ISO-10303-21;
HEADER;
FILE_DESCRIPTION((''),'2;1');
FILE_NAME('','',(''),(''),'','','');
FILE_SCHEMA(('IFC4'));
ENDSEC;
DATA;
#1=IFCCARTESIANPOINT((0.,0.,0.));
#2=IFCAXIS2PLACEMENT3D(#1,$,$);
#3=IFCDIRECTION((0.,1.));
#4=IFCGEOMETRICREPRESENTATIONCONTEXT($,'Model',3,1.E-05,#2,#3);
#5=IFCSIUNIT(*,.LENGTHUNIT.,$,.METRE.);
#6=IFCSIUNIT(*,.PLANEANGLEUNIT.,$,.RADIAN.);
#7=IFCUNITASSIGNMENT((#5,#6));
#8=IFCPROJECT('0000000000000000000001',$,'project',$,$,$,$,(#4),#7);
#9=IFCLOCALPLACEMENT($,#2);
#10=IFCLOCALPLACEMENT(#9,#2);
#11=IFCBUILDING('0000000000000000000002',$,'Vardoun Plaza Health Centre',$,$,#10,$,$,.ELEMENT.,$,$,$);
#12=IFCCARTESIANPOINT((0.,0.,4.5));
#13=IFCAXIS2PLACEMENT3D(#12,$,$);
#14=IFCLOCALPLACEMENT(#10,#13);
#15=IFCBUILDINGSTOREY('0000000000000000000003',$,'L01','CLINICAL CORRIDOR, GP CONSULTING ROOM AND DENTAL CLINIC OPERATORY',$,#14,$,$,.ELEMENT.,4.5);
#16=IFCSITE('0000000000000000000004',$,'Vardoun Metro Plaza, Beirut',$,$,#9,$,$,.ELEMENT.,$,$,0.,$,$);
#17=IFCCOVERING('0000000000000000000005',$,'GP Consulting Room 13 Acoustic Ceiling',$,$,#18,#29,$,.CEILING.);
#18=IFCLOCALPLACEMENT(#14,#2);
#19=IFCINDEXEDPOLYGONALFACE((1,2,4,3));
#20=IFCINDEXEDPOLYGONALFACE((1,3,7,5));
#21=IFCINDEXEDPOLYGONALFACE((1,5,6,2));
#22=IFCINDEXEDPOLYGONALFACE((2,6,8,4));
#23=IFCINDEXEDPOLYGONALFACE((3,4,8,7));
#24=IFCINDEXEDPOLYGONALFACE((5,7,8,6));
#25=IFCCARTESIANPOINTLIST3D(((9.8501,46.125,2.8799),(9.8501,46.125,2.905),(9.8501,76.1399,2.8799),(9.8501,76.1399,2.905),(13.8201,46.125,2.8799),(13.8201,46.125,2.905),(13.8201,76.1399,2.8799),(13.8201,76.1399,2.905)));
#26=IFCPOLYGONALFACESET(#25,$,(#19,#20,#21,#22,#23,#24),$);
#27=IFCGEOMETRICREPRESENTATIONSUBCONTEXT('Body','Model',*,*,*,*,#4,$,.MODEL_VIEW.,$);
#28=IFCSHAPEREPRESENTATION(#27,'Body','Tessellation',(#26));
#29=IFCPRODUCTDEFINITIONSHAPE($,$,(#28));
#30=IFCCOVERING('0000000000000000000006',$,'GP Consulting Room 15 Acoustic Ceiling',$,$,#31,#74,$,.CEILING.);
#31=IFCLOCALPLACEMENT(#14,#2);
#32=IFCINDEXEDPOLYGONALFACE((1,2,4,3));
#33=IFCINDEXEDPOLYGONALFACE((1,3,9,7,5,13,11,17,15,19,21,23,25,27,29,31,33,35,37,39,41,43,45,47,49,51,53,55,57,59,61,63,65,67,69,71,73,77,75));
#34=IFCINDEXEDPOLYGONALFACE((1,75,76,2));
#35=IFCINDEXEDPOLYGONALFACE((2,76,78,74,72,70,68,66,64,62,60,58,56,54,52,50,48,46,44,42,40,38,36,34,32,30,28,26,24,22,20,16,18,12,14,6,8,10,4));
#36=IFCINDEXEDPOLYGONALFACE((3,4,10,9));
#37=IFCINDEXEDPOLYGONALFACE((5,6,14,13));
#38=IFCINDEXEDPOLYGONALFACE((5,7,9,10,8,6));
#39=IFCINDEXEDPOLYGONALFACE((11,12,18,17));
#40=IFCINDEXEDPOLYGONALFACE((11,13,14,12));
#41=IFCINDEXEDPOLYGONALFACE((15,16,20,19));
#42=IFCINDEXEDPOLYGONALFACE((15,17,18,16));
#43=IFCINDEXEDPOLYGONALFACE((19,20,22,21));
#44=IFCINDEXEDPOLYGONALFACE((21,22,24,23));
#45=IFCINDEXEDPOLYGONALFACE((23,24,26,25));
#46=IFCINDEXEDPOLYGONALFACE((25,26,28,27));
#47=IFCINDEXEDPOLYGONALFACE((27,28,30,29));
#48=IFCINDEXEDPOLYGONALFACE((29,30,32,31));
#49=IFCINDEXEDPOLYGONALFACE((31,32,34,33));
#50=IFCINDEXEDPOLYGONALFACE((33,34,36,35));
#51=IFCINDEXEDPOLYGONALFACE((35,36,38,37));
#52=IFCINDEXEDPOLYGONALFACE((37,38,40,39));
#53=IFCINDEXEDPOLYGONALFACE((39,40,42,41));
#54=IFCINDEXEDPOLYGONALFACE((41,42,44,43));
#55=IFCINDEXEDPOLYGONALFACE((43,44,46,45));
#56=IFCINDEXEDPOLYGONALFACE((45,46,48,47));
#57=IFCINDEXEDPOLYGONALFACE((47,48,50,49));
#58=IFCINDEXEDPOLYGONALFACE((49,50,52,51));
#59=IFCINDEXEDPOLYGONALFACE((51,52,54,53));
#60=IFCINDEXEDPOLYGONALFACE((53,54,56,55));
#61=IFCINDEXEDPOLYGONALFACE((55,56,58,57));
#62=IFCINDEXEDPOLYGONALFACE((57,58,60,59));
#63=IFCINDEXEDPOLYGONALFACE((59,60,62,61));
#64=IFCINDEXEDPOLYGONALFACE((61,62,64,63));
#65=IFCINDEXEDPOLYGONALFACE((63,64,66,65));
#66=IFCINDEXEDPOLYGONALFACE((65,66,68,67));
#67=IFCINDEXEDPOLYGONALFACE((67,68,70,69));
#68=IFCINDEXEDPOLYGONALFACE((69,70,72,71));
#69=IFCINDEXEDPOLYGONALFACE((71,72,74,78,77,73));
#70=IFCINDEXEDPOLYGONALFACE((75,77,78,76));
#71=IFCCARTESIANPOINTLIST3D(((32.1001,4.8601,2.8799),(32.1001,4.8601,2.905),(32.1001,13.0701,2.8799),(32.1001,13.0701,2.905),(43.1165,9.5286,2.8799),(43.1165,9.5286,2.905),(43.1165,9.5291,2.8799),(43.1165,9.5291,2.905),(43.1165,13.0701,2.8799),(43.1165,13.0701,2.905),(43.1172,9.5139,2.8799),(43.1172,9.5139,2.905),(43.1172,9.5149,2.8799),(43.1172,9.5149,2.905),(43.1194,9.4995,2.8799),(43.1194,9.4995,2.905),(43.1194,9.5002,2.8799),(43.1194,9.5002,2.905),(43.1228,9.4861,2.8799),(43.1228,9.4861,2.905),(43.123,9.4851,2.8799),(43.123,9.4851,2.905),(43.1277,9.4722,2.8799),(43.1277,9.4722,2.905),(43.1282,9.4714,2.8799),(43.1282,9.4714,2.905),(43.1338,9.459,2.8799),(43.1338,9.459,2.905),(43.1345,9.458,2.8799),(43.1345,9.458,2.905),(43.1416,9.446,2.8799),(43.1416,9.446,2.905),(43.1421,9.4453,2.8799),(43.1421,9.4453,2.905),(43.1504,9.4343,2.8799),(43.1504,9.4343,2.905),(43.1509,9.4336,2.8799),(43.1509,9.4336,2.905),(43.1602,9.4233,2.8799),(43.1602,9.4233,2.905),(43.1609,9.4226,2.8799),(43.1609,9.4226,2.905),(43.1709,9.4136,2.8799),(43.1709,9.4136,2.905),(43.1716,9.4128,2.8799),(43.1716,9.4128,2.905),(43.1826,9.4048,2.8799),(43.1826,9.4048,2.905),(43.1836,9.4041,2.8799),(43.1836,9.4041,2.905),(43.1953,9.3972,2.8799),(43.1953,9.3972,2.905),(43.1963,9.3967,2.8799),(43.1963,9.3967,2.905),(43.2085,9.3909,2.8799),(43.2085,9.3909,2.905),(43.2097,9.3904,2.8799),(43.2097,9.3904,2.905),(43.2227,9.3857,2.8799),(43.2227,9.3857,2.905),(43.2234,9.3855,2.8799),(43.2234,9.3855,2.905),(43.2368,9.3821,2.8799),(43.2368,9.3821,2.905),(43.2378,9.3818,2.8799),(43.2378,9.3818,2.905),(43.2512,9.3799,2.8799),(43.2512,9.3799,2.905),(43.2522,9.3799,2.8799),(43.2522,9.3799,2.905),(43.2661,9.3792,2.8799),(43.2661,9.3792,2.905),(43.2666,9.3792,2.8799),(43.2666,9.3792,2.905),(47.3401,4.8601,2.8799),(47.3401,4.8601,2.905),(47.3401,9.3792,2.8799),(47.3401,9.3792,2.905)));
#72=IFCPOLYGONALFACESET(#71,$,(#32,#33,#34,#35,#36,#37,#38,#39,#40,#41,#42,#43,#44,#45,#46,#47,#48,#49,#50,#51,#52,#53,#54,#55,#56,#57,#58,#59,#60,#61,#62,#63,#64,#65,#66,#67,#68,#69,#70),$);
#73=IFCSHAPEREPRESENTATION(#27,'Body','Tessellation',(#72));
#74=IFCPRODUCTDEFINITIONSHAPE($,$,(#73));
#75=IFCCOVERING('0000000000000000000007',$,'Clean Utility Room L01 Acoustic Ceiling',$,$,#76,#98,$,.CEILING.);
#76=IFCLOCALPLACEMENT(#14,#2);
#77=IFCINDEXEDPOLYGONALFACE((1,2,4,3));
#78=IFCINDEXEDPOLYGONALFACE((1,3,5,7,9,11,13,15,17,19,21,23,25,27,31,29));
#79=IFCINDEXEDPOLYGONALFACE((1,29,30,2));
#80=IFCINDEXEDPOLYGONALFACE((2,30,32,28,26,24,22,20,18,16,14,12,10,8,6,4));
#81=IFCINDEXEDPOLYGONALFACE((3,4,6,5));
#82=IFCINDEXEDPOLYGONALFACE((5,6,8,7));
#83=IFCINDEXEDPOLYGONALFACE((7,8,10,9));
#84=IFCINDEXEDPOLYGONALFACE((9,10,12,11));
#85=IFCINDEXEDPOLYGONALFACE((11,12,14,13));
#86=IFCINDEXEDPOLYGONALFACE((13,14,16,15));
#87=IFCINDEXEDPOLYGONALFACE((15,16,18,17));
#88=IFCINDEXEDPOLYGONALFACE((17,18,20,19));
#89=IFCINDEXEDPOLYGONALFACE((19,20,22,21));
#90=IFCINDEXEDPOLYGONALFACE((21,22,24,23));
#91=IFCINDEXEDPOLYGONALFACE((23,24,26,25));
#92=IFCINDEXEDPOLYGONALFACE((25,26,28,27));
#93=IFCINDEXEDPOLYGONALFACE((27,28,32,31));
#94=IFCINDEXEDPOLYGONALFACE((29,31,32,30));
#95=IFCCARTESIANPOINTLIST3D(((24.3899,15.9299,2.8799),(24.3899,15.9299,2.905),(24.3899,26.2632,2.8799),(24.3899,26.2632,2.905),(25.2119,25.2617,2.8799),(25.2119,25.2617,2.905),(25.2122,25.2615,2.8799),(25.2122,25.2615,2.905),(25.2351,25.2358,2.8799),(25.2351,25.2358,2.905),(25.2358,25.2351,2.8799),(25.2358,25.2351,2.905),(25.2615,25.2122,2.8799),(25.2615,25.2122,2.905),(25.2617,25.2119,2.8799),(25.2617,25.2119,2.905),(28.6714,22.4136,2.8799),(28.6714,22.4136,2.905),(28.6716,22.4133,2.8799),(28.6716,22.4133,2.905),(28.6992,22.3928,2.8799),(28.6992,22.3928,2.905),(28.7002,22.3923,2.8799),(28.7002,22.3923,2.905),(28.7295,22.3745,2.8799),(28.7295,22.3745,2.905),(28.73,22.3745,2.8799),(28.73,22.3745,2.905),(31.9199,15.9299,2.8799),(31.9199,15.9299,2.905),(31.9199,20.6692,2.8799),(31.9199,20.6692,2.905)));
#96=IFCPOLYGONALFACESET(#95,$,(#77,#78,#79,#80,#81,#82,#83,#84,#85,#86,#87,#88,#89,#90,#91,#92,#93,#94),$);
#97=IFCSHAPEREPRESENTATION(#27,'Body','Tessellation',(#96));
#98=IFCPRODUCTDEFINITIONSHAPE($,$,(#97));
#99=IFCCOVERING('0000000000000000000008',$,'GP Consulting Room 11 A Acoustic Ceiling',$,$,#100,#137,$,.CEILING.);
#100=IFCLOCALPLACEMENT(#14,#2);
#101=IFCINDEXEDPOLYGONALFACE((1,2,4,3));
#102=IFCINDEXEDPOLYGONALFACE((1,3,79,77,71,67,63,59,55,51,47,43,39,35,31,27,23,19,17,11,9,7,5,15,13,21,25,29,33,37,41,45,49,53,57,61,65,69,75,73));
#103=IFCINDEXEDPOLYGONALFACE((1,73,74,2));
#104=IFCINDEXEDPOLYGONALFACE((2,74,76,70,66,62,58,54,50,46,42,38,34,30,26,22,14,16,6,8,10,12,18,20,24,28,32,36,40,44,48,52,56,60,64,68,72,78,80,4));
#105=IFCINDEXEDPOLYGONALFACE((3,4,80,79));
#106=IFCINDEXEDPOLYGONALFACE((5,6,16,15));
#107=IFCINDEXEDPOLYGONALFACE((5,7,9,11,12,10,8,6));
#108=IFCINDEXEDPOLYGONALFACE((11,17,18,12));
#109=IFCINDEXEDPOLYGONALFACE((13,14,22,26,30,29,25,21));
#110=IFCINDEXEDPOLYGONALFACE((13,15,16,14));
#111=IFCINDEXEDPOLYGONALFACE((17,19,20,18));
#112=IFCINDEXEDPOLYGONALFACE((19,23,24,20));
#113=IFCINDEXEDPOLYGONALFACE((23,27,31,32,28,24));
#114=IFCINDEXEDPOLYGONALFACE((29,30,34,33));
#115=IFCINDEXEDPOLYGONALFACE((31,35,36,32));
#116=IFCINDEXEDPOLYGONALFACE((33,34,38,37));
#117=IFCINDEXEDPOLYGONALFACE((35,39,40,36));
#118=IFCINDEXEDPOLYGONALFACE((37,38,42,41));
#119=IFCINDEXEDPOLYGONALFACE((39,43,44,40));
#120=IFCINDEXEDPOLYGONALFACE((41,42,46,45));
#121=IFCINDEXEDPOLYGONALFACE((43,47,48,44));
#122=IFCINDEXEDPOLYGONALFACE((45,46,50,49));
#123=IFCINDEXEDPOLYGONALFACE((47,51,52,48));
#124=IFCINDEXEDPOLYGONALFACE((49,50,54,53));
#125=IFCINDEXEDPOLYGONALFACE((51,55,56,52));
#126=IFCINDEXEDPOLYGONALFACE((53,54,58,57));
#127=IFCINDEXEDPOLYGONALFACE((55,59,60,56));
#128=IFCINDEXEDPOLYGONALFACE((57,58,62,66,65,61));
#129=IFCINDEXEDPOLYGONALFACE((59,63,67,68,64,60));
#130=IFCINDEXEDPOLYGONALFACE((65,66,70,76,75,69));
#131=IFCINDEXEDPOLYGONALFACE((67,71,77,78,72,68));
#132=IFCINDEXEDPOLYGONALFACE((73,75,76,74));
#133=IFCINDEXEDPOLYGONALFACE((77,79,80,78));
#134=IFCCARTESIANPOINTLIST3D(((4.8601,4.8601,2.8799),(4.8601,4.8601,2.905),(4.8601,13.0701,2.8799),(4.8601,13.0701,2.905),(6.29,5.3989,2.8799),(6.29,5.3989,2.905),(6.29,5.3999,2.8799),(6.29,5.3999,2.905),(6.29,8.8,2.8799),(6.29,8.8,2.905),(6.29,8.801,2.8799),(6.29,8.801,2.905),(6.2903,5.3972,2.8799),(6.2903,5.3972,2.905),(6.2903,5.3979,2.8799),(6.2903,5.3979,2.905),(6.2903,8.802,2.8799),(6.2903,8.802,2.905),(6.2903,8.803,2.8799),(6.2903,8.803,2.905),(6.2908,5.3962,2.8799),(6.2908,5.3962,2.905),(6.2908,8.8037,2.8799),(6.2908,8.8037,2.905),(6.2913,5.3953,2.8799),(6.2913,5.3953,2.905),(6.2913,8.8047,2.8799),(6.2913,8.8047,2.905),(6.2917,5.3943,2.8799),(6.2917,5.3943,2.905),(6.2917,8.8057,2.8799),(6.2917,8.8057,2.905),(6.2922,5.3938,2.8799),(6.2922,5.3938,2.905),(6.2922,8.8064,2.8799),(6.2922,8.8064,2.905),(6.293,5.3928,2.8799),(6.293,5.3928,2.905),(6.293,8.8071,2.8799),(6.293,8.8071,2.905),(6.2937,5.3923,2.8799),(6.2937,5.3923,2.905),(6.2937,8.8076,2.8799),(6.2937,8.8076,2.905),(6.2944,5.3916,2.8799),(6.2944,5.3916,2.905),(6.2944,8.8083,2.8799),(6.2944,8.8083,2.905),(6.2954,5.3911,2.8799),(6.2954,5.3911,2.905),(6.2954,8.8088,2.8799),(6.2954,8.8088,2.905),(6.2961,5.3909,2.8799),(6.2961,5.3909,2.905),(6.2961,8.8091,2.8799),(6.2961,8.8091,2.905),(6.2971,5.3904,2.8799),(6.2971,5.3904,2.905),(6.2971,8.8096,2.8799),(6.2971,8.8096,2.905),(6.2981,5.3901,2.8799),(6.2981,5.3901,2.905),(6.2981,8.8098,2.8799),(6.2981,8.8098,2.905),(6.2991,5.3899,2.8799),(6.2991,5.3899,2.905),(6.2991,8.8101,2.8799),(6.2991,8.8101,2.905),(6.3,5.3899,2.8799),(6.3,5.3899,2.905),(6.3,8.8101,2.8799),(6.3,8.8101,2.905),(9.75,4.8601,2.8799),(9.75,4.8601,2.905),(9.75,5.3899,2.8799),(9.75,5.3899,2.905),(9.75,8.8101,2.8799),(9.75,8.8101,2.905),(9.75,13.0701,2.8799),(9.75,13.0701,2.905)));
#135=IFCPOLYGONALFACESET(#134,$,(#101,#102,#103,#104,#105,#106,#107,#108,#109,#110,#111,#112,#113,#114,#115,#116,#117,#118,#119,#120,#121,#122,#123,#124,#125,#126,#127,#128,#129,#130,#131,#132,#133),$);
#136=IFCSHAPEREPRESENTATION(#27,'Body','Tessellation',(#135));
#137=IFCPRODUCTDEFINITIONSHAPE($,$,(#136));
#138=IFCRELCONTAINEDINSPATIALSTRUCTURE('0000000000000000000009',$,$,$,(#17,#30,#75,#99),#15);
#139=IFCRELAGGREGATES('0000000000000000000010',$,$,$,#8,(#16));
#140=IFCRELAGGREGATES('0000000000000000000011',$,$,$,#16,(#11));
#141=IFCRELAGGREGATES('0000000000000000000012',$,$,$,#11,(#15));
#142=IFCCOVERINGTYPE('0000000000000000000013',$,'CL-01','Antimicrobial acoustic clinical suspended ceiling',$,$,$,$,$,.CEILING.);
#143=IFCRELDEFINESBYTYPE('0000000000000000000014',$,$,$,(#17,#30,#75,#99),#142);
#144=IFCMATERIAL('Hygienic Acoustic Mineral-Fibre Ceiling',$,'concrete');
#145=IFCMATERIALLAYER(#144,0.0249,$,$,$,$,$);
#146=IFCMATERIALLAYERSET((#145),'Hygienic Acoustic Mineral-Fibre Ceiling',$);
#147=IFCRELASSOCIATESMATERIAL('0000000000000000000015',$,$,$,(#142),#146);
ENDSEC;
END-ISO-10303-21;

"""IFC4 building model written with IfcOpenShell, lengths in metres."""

from ifc_helpers import new_model, si_unit, direction, frame, origin, place, context, subcontext, project, spatial, polyline, outline, extrude, material, layer, layer_set, type_object, element, save


model = new_model("IFC4")

# Units and contexts
model_context = context("Model", 3, precision=1e-05, world=origin(), true_north=direction((0.0, 1.0)))
body_context = subcontext(model_context, "Body", "Model", "MODEL_VIEW")
ifc_project = project(units=[si_unit("LENGTHUNIT", "METRE"), si_unit("PLANEANGLEUNIT", "RADIAN")], contexts=[model_context])

# Site, building, storey
site_placement = place(None, origin())
site = spatial("IfcSite", under=ifc_project, at=site_placement, Name="Vardoun Metro Plaza, Beirut", CompositionType="ELEMENT", RefElevation=0.0)
building_placement = place(site_placement, origin())
building = spatial("IfcBuilding", under=site, at=building_placement, Name="Vardoun Plaza Health Centre", CompositionType="ELEMENT")
storey_placement = place(building_placement, frame((0.0, 0.0, 4.5)))
storey = spatial("IfcBuildingStorey", under=building, at=storey_placement, Name="L01", Description="CLINICAL CORRIDOR, GP CONSULTING ROOM AND DENTAL CLINIC OPERATORY", CompositionType="ELEMENT", Elevation=4.5)

# Coverings
ifc_material_1 = material(Name="Hygienic Acoustic Mineral-Fibre Ceiling", Category="concrete")
ifc_layer_1 = layer(ifc_material_1, 0.0249)
ifc_layer_set_1 = layer_set([ifc_layer_1], Name="Hygienic Acoustic Mineral-Fibre Ceiling")
covering_type_1 = type_object("IfcCoveringType", Name="CL-01", Description="Antimicrobial acoustic clinical suspended ceiling", PredefinedType="CEILING", material=ifc_layer_set_1)
covering_1_placement = place(storey_placement, frame((0.0, 0.0, 2.8799)))
element("IfcCovering", 1, at=covering_1_placement, inside=storey, type_object=covering_type_1, Name="GP Consulting Room 13 Acoustic Ceiling", PredefinedType="CEILING", context=body_context, shape_type="SweptSolid", body=[
    extrude(outline(polyline([(9.8501, 76.1399), (13.8201, 76.1399), (13.8201, 46.125), (9.8501, 46.125), (9.8501, 76.1399)])), origin(), (0.0, 0.0, 1.0), 0.0251),
])
covering_2_placement = place(storey_placement, frame((0.0, 0.0, 2.8799)))
element("IfcCovering", 2, at=covering_2_placement, inside=storey, type_object=covering_type_1, Name="GP Consulting Room 15 Acoustic Ceiling", PredefinedType="CEILING", context=body_context, shape_type="SweptSolid", body=[
    extrude(outline(polyline([(32.1001, 13.0701), (43.1165, 13.0701), (43.1165, 9.5291), (43.1165, 9.5286), (43.1172, 9.5149), (43.1172, 9.5139), (43.1194, 9.5002), (43.1194, 9.4995), (43.1228, 9.4861), (43.123, 9.4851), (43.1277, 9.4722), (43.1282, 9.4714), (43.1338, 9.459), (43.1345, 9.458), (43.1416, 9.446), (43.1421, 9.4453), (43.1504, 9.4343), (43.1509, 9.4336), (43.1602, 9.4233), (43.1609, 9.4226), (43.1709, 9.4136), (43.1716, 9.4128), (43.1826, 9.4048), (43.1836, 9.4041), (43.1953, 9.3972), (43.1963, 9.3967), (43.2085, 9.3909), (43.2097, 9.3904), (43.2227, 9.3857), (43.2234, 9.3855), (43.2368, 9.3821), (43.2378, 9.3818), (43.2512, 9.3799), (43.2522, 9.3799), (43.2661, 9.3792), (43.2666, 9.3792), (47.3401, 9.3792), (47.3401, 4.8601), (32.1001, 4.8601), (32.1001, 13.0701)])), origin(), (0.0, 0.0, 1.0), 0.0251),
])
covering_3_placement = place(storey_placement, frame((0.0, 0.0, 2.8799)))
element("IfcCovering", 3, at=covering_3_placement, inside=storey, type_object=covering_type_1, Name="Clean Utility Room L01 Acoustic Ceiling", PredefinedType="CEILING", context=body_context, shape_type="SweptSolid", body=[
    extrude(outline(polyline([(25.2119, 25.2617), (25.2122, 25.2615), (25.2351, 25.2358), (25.2358, 25.2351), (25.2615, 25.2122), (25.2617, 25.2119), (28.6714, 22.4136), (28.6716, 22.4133), (28.6992, 22.3928), (28.7002, 22.3923), (28.7295, 22.3745), (28.73, 22.3745), (31.9199, 20.6692), (31.9199, 15.9299), (24.3899, 15.9299), (24.3899, 26.2632), (25.2119, 25.2617)])), origin(), (0.0, 0.0, 1.0), 0.0251),
])
covering_4_placement = place(storey_placement, frame((0.0, 0.0, 2.8799)))
element("IfcCovering", 4, at=covering_4_placement, inside=storey, type_object=covering_type_1, Name="GP Consulting Room 11 A Acoustic Ceiling", PredefinedType="CEILING", context=body_context, shape_type="SweptSolid", body=[
    extrude(outline(polyline([(4.8601, 13.0701), (9.75, 13.0701), (9.75, 8.8101), (6.3, 8.8101), (6.2991, 8.8101), (6.2981, 8.8098), (6.2971, 8.8096), (6.2961, 8.8091), (6.2954, 8.8088), (6.2944, 8.8083), (6.2937, 8.8076), (6.293, 8.8071), (6.2922, 8.8064), (6.2917, 8.8057), (6.2913, 8.8047), (6.2908, 8.8037), (6.2903, 8.803), (6.2903, 8.802), (6.29, 8.801), (6.29, 8.8), (6.29, 5.3999), (6.29, 5.3989), (6.2903, 5.3979), (6.2903, 5.3972), (6.2908, 5.3962), (6.2913, 5.3953), (6.2917, 5.3943), (6.2922, 5.3938), (6.293, 5.3928), (6.2937, 5.3923), (6.2944, 5.3916), (6.2954, 5.3911), (6.2961, 5.3909), (6.2971, 5.3904), (6.2981, 5.3901), (6.2991, 5.3899), (6.3, 5.3899), (9.75, 5.3899), (9.75, 4.8601), (4.8601, 4.8601), (4.8601, 13.0701)])), origin(), (0.0, 0.0, 1.0), 0.0251),
])

save(model, "model.ifc")
